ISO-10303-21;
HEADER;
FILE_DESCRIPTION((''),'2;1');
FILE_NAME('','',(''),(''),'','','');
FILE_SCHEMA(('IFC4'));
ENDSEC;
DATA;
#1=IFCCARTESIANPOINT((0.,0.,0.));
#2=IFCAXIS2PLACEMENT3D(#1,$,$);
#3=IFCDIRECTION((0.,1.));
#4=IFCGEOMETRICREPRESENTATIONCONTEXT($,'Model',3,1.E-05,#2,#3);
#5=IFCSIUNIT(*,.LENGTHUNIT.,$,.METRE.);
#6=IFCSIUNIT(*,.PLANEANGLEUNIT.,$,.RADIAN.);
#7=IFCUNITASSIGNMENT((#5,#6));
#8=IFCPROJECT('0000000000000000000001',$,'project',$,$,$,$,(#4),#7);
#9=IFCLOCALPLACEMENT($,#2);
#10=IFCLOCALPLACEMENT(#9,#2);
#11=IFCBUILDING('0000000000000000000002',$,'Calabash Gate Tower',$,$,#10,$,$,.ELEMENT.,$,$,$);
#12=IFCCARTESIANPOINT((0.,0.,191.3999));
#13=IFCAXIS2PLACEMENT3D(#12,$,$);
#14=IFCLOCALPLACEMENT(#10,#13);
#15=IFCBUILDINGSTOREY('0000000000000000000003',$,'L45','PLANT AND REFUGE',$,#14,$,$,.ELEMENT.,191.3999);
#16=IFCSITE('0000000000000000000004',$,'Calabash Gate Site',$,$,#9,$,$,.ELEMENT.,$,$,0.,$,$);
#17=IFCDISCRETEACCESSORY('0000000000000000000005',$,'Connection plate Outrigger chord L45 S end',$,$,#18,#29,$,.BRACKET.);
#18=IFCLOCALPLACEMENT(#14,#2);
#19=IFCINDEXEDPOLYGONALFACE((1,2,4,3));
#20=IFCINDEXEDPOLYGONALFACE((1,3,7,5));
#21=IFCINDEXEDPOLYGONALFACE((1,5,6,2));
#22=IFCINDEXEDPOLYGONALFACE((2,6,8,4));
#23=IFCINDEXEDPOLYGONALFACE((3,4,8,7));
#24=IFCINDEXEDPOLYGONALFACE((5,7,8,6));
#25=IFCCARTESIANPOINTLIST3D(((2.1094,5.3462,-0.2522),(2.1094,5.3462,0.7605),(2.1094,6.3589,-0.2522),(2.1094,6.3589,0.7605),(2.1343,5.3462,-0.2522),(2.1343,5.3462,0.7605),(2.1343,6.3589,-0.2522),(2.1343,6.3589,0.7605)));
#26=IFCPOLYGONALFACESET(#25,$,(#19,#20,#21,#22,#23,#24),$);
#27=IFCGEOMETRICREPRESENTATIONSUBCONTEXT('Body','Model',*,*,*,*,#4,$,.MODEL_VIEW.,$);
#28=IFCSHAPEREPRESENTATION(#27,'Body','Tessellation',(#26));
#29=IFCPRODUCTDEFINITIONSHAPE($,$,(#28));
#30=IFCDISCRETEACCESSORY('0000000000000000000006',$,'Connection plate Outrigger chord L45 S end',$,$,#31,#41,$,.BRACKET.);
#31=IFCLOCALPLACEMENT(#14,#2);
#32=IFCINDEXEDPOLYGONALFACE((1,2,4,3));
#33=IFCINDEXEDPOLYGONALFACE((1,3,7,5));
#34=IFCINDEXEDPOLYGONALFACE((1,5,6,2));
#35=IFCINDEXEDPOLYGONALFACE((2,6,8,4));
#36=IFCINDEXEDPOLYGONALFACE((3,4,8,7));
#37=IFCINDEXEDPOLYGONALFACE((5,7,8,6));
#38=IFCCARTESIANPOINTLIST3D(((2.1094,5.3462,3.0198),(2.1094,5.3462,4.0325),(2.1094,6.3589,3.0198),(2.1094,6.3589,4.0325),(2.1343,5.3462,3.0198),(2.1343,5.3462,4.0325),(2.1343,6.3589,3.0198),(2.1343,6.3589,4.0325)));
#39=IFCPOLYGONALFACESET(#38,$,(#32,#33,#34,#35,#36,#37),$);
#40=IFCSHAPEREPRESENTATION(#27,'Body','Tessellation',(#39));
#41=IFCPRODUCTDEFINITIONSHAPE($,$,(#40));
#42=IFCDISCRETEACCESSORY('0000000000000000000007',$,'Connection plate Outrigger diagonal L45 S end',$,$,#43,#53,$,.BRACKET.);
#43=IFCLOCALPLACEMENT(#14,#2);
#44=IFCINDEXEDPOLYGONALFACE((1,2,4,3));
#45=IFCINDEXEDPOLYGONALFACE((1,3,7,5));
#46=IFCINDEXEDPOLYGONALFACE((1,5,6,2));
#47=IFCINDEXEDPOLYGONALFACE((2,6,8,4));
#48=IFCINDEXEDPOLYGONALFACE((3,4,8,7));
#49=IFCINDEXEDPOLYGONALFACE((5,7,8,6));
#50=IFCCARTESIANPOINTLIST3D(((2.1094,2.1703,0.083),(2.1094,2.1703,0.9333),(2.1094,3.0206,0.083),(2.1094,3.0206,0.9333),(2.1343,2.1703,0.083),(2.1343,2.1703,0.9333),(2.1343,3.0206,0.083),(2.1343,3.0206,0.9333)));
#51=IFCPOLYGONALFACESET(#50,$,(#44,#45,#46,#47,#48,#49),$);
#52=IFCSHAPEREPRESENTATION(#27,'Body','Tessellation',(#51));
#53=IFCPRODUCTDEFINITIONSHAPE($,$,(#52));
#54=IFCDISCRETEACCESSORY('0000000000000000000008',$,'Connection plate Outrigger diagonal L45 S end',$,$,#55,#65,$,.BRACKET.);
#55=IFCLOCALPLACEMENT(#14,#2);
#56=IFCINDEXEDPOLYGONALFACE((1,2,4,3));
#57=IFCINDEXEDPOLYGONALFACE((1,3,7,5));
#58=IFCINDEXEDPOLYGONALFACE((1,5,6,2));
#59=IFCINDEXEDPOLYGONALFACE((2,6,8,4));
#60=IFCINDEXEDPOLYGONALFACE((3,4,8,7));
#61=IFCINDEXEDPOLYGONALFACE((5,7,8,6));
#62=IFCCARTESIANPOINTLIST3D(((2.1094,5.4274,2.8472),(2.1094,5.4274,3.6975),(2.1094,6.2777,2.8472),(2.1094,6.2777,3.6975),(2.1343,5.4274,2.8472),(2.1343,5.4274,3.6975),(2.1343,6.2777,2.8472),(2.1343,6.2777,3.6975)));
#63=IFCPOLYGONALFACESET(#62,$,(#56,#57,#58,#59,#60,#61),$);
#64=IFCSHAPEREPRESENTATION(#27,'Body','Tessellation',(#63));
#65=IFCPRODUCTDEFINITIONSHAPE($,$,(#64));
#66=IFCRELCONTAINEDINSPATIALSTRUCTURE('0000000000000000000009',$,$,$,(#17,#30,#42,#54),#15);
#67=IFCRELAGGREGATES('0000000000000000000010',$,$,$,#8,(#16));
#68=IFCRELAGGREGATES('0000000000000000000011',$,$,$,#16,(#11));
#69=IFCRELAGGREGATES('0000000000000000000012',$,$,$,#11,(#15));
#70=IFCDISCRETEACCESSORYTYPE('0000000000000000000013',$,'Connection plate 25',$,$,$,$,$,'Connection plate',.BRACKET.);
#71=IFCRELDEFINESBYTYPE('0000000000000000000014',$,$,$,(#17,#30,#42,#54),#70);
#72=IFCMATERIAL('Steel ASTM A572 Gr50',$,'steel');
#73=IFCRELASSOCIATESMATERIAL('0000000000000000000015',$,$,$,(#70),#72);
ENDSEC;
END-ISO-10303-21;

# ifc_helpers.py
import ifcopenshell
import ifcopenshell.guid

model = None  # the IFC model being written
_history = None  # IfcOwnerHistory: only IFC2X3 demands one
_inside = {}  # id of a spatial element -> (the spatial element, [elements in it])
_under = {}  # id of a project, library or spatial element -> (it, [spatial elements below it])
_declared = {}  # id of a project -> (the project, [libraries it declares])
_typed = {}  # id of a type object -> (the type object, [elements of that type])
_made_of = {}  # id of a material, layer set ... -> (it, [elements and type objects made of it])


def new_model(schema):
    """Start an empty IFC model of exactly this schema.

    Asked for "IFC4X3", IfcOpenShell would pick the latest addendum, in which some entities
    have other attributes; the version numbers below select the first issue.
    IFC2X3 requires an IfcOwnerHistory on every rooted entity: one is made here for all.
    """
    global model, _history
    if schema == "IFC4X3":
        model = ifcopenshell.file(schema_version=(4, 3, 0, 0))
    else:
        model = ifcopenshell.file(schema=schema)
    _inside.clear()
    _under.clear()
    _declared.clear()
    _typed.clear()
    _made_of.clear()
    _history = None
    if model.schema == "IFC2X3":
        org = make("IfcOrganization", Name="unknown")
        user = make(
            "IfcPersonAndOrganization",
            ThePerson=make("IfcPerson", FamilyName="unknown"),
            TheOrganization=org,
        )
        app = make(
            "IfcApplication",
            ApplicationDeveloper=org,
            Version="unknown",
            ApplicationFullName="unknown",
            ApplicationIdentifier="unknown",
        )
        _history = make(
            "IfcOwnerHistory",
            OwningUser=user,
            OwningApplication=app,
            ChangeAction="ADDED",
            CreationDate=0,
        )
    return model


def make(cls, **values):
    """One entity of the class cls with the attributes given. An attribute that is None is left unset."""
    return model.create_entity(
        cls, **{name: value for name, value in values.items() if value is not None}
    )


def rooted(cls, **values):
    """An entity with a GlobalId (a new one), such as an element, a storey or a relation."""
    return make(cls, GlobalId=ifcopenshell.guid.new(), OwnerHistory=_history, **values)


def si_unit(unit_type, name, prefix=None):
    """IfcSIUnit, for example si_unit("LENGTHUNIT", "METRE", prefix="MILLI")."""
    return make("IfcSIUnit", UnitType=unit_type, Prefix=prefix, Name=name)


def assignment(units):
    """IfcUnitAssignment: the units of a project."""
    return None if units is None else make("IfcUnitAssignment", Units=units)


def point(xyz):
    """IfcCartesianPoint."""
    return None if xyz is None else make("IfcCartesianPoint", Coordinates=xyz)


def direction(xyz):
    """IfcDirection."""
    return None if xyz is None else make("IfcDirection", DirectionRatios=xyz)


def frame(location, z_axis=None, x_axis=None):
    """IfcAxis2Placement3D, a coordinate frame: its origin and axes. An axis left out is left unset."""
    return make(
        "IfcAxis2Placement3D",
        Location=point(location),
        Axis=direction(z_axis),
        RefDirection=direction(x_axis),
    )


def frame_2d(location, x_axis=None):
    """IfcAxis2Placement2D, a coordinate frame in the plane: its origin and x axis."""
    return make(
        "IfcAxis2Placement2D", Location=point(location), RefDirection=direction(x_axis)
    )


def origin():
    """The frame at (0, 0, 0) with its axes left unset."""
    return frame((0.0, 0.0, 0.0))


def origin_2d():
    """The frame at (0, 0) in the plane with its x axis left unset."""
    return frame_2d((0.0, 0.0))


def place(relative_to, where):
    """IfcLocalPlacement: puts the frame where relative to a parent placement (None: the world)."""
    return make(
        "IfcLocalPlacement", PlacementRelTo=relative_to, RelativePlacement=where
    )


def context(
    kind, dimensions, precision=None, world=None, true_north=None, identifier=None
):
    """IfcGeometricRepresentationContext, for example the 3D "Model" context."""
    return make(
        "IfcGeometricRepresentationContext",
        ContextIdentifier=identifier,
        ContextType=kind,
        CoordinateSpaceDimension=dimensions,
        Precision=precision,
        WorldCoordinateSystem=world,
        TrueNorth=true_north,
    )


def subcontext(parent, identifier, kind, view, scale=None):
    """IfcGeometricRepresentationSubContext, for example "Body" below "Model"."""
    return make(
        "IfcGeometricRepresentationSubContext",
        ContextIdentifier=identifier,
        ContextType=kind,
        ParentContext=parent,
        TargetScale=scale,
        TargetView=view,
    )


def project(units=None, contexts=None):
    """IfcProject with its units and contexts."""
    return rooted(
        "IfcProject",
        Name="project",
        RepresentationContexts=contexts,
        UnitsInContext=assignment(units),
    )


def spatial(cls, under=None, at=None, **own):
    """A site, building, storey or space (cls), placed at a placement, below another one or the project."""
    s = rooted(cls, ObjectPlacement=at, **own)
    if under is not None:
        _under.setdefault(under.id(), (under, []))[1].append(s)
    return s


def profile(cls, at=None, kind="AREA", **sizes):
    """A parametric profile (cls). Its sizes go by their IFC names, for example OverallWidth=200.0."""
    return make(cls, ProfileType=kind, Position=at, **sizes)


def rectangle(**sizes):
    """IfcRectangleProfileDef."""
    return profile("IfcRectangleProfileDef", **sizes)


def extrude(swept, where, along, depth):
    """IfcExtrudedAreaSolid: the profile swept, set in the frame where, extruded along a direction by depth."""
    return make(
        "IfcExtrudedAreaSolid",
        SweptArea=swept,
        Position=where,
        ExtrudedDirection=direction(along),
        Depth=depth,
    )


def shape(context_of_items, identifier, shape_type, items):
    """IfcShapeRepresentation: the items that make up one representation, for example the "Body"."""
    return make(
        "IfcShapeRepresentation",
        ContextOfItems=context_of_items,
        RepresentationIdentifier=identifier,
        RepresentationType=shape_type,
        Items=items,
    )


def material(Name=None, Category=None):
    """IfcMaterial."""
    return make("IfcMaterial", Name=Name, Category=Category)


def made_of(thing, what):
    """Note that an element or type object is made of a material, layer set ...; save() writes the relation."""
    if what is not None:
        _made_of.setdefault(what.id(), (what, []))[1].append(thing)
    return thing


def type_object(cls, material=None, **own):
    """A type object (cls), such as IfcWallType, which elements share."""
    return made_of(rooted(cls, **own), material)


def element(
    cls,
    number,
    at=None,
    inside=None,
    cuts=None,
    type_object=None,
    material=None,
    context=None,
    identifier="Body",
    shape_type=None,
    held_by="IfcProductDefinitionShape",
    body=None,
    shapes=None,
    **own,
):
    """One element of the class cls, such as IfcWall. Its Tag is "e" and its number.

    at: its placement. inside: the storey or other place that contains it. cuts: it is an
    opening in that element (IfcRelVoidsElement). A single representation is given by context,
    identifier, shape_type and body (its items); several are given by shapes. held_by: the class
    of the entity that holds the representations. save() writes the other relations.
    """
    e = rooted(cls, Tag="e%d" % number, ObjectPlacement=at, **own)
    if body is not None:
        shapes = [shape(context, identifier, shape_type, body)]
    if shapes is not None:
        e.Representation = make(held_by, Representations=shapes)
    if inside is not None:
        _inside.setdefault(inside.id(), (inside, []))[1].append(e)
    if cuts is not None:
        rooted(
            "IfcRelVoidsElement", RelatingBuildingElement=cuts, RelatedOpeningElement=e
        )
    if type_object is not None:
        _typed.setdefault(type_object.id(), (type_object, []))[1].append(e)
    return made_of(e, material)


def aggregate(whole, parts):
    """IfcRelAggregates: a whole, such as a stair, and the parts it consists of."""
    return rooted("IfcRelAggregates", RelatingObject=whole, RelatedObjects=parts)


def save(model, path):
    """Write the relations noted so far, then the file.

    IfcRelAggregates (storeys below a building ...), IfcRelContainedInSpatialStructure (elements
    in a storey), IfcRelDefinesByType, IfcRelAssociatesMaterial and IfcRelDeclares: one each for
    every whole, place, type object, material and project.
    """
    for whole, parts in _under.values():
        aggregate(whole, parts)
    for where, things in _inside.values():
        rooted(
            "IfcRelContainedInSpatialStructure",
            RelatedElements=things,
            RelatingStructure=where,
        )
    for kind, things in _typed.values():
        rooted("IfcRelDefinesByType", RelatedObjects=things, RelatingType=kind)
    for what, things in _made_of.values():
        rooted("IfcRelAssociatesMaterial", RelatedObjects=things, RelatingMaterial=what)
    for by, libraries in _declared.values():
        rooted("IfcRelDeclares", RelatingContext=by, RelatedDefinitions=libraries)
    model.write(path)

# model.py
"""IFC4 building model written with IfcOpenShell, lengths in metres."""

from ifc_helpers import new_model, si_unit, direction, frame, origin, origin_2d, place, context, subcontext, project, spatial, rectangle, extrude, material, type_object, element, save


model = new_model("IFC4")

# Units and contexts
model_context = context("Model", 3, precision=1e-05, world=origin(), true_north=direction((0.0, 1.0)))
body_context = subcontext(model_context, "Body", "Model", "MODEL_VIEW")
ifc_project = project(units=[si_unit("LENGTHUNIT", "METRE"), si_unit("PLANEANGLEUNIT", "RADIAN")], contexts=[model_context])

# Site, building, storey
site_placement = place(None, origin())
site = spatial("IfcSite", under=ifc_project, at=site_placement, Name="Calabash Gate Site", CompositionType="ELEMENT", RefElevation=0.0)
building_placement = place(site_placement, origin())
building = spatial("IfcBuilding", under=site, at=building_placement, Name="Calabash Gate Tower", CompositionType="ELEMENT")
storey_placement = place(building_placement, frame((0.0, 0.0, 191.3999)))
storey = spatial("IfcBuildingStorey", under=building, at=storey_placement, Name="L45", Description="PLANT AND REFUGE", CompositionType="ELEMENT", Elevation=191.3999)

# Discrete accessories
ifc_material_1 = material(Name="Steel ASTM A572 Gr50", Category="steel")
discrete_accessory_type = type_object("IfcDiscreteAccessoryType", Name="Connection plate 25", ElementType="Connection plate", PredefinedType="BRACKET", material=ifc_material_1)
for number, where, z_axis, x_axis, name in (
    (1, (2.1218, 5.8525, -0.2522), (0.0, 0.0, 1.0), (0.0, 1.0, 0.0), "Connection plate Outrigger chord L45 S end"),
    (2, (2.1218, 5.8525, 3.0198), (0.0, 0.0, 1.0), (0.0, 1.0, 0.0), "Connection plate Outrigger chord L45 S end"),
):
    element("IfcDiscreteAccessory", number, at=place(storey_placement, frame(where, z_axis=z_axis, x_axis=x_axis)), inside=storey, type_object=discrete_accessory_type, Name=name, PredefinedType="BRACKET", context=body_context, shape_type="SweptSolid", body=[
        extrude(rectangle(XDim=1.0127, YDim=0.0249, at=origin_2d()), origin(), (0.0, 0.0, 1.0), 1.0127),
    ])
for number, where, z_axis, x_axis, name in (
    (3, (2.1218, 2.5955, 0.083), (0.0, 0.0, 1.0), (0.0, 1.0, 0.0), "Connection plate Outrigger diagonal L45 S end"),
    (4, (2.1218, 5.8525, 2.8472), (0.0, 0.0, 1.0), (0.0, 1.0, 0.0), "Connection plate Outrigger diagonal L45 S end"),
):
    element("IfcDiscreteAccessory", number, at=place(storey_placement, frame(where, z_axis=z_axis, x_axis=x_axis)), inside=storey, type_object=discrete_accessory_type, Name=name, PredefinedType="BRACKET", context=body_context, shape_type="SweptSolid", body=[
        extrude(rectangle(XDim=0.8503, YDim=0.0249, at=origin_2d()), origin(), (0.0, 0.0, 1.0), 0.8503),
    ])

save(model, "model.ifc")
